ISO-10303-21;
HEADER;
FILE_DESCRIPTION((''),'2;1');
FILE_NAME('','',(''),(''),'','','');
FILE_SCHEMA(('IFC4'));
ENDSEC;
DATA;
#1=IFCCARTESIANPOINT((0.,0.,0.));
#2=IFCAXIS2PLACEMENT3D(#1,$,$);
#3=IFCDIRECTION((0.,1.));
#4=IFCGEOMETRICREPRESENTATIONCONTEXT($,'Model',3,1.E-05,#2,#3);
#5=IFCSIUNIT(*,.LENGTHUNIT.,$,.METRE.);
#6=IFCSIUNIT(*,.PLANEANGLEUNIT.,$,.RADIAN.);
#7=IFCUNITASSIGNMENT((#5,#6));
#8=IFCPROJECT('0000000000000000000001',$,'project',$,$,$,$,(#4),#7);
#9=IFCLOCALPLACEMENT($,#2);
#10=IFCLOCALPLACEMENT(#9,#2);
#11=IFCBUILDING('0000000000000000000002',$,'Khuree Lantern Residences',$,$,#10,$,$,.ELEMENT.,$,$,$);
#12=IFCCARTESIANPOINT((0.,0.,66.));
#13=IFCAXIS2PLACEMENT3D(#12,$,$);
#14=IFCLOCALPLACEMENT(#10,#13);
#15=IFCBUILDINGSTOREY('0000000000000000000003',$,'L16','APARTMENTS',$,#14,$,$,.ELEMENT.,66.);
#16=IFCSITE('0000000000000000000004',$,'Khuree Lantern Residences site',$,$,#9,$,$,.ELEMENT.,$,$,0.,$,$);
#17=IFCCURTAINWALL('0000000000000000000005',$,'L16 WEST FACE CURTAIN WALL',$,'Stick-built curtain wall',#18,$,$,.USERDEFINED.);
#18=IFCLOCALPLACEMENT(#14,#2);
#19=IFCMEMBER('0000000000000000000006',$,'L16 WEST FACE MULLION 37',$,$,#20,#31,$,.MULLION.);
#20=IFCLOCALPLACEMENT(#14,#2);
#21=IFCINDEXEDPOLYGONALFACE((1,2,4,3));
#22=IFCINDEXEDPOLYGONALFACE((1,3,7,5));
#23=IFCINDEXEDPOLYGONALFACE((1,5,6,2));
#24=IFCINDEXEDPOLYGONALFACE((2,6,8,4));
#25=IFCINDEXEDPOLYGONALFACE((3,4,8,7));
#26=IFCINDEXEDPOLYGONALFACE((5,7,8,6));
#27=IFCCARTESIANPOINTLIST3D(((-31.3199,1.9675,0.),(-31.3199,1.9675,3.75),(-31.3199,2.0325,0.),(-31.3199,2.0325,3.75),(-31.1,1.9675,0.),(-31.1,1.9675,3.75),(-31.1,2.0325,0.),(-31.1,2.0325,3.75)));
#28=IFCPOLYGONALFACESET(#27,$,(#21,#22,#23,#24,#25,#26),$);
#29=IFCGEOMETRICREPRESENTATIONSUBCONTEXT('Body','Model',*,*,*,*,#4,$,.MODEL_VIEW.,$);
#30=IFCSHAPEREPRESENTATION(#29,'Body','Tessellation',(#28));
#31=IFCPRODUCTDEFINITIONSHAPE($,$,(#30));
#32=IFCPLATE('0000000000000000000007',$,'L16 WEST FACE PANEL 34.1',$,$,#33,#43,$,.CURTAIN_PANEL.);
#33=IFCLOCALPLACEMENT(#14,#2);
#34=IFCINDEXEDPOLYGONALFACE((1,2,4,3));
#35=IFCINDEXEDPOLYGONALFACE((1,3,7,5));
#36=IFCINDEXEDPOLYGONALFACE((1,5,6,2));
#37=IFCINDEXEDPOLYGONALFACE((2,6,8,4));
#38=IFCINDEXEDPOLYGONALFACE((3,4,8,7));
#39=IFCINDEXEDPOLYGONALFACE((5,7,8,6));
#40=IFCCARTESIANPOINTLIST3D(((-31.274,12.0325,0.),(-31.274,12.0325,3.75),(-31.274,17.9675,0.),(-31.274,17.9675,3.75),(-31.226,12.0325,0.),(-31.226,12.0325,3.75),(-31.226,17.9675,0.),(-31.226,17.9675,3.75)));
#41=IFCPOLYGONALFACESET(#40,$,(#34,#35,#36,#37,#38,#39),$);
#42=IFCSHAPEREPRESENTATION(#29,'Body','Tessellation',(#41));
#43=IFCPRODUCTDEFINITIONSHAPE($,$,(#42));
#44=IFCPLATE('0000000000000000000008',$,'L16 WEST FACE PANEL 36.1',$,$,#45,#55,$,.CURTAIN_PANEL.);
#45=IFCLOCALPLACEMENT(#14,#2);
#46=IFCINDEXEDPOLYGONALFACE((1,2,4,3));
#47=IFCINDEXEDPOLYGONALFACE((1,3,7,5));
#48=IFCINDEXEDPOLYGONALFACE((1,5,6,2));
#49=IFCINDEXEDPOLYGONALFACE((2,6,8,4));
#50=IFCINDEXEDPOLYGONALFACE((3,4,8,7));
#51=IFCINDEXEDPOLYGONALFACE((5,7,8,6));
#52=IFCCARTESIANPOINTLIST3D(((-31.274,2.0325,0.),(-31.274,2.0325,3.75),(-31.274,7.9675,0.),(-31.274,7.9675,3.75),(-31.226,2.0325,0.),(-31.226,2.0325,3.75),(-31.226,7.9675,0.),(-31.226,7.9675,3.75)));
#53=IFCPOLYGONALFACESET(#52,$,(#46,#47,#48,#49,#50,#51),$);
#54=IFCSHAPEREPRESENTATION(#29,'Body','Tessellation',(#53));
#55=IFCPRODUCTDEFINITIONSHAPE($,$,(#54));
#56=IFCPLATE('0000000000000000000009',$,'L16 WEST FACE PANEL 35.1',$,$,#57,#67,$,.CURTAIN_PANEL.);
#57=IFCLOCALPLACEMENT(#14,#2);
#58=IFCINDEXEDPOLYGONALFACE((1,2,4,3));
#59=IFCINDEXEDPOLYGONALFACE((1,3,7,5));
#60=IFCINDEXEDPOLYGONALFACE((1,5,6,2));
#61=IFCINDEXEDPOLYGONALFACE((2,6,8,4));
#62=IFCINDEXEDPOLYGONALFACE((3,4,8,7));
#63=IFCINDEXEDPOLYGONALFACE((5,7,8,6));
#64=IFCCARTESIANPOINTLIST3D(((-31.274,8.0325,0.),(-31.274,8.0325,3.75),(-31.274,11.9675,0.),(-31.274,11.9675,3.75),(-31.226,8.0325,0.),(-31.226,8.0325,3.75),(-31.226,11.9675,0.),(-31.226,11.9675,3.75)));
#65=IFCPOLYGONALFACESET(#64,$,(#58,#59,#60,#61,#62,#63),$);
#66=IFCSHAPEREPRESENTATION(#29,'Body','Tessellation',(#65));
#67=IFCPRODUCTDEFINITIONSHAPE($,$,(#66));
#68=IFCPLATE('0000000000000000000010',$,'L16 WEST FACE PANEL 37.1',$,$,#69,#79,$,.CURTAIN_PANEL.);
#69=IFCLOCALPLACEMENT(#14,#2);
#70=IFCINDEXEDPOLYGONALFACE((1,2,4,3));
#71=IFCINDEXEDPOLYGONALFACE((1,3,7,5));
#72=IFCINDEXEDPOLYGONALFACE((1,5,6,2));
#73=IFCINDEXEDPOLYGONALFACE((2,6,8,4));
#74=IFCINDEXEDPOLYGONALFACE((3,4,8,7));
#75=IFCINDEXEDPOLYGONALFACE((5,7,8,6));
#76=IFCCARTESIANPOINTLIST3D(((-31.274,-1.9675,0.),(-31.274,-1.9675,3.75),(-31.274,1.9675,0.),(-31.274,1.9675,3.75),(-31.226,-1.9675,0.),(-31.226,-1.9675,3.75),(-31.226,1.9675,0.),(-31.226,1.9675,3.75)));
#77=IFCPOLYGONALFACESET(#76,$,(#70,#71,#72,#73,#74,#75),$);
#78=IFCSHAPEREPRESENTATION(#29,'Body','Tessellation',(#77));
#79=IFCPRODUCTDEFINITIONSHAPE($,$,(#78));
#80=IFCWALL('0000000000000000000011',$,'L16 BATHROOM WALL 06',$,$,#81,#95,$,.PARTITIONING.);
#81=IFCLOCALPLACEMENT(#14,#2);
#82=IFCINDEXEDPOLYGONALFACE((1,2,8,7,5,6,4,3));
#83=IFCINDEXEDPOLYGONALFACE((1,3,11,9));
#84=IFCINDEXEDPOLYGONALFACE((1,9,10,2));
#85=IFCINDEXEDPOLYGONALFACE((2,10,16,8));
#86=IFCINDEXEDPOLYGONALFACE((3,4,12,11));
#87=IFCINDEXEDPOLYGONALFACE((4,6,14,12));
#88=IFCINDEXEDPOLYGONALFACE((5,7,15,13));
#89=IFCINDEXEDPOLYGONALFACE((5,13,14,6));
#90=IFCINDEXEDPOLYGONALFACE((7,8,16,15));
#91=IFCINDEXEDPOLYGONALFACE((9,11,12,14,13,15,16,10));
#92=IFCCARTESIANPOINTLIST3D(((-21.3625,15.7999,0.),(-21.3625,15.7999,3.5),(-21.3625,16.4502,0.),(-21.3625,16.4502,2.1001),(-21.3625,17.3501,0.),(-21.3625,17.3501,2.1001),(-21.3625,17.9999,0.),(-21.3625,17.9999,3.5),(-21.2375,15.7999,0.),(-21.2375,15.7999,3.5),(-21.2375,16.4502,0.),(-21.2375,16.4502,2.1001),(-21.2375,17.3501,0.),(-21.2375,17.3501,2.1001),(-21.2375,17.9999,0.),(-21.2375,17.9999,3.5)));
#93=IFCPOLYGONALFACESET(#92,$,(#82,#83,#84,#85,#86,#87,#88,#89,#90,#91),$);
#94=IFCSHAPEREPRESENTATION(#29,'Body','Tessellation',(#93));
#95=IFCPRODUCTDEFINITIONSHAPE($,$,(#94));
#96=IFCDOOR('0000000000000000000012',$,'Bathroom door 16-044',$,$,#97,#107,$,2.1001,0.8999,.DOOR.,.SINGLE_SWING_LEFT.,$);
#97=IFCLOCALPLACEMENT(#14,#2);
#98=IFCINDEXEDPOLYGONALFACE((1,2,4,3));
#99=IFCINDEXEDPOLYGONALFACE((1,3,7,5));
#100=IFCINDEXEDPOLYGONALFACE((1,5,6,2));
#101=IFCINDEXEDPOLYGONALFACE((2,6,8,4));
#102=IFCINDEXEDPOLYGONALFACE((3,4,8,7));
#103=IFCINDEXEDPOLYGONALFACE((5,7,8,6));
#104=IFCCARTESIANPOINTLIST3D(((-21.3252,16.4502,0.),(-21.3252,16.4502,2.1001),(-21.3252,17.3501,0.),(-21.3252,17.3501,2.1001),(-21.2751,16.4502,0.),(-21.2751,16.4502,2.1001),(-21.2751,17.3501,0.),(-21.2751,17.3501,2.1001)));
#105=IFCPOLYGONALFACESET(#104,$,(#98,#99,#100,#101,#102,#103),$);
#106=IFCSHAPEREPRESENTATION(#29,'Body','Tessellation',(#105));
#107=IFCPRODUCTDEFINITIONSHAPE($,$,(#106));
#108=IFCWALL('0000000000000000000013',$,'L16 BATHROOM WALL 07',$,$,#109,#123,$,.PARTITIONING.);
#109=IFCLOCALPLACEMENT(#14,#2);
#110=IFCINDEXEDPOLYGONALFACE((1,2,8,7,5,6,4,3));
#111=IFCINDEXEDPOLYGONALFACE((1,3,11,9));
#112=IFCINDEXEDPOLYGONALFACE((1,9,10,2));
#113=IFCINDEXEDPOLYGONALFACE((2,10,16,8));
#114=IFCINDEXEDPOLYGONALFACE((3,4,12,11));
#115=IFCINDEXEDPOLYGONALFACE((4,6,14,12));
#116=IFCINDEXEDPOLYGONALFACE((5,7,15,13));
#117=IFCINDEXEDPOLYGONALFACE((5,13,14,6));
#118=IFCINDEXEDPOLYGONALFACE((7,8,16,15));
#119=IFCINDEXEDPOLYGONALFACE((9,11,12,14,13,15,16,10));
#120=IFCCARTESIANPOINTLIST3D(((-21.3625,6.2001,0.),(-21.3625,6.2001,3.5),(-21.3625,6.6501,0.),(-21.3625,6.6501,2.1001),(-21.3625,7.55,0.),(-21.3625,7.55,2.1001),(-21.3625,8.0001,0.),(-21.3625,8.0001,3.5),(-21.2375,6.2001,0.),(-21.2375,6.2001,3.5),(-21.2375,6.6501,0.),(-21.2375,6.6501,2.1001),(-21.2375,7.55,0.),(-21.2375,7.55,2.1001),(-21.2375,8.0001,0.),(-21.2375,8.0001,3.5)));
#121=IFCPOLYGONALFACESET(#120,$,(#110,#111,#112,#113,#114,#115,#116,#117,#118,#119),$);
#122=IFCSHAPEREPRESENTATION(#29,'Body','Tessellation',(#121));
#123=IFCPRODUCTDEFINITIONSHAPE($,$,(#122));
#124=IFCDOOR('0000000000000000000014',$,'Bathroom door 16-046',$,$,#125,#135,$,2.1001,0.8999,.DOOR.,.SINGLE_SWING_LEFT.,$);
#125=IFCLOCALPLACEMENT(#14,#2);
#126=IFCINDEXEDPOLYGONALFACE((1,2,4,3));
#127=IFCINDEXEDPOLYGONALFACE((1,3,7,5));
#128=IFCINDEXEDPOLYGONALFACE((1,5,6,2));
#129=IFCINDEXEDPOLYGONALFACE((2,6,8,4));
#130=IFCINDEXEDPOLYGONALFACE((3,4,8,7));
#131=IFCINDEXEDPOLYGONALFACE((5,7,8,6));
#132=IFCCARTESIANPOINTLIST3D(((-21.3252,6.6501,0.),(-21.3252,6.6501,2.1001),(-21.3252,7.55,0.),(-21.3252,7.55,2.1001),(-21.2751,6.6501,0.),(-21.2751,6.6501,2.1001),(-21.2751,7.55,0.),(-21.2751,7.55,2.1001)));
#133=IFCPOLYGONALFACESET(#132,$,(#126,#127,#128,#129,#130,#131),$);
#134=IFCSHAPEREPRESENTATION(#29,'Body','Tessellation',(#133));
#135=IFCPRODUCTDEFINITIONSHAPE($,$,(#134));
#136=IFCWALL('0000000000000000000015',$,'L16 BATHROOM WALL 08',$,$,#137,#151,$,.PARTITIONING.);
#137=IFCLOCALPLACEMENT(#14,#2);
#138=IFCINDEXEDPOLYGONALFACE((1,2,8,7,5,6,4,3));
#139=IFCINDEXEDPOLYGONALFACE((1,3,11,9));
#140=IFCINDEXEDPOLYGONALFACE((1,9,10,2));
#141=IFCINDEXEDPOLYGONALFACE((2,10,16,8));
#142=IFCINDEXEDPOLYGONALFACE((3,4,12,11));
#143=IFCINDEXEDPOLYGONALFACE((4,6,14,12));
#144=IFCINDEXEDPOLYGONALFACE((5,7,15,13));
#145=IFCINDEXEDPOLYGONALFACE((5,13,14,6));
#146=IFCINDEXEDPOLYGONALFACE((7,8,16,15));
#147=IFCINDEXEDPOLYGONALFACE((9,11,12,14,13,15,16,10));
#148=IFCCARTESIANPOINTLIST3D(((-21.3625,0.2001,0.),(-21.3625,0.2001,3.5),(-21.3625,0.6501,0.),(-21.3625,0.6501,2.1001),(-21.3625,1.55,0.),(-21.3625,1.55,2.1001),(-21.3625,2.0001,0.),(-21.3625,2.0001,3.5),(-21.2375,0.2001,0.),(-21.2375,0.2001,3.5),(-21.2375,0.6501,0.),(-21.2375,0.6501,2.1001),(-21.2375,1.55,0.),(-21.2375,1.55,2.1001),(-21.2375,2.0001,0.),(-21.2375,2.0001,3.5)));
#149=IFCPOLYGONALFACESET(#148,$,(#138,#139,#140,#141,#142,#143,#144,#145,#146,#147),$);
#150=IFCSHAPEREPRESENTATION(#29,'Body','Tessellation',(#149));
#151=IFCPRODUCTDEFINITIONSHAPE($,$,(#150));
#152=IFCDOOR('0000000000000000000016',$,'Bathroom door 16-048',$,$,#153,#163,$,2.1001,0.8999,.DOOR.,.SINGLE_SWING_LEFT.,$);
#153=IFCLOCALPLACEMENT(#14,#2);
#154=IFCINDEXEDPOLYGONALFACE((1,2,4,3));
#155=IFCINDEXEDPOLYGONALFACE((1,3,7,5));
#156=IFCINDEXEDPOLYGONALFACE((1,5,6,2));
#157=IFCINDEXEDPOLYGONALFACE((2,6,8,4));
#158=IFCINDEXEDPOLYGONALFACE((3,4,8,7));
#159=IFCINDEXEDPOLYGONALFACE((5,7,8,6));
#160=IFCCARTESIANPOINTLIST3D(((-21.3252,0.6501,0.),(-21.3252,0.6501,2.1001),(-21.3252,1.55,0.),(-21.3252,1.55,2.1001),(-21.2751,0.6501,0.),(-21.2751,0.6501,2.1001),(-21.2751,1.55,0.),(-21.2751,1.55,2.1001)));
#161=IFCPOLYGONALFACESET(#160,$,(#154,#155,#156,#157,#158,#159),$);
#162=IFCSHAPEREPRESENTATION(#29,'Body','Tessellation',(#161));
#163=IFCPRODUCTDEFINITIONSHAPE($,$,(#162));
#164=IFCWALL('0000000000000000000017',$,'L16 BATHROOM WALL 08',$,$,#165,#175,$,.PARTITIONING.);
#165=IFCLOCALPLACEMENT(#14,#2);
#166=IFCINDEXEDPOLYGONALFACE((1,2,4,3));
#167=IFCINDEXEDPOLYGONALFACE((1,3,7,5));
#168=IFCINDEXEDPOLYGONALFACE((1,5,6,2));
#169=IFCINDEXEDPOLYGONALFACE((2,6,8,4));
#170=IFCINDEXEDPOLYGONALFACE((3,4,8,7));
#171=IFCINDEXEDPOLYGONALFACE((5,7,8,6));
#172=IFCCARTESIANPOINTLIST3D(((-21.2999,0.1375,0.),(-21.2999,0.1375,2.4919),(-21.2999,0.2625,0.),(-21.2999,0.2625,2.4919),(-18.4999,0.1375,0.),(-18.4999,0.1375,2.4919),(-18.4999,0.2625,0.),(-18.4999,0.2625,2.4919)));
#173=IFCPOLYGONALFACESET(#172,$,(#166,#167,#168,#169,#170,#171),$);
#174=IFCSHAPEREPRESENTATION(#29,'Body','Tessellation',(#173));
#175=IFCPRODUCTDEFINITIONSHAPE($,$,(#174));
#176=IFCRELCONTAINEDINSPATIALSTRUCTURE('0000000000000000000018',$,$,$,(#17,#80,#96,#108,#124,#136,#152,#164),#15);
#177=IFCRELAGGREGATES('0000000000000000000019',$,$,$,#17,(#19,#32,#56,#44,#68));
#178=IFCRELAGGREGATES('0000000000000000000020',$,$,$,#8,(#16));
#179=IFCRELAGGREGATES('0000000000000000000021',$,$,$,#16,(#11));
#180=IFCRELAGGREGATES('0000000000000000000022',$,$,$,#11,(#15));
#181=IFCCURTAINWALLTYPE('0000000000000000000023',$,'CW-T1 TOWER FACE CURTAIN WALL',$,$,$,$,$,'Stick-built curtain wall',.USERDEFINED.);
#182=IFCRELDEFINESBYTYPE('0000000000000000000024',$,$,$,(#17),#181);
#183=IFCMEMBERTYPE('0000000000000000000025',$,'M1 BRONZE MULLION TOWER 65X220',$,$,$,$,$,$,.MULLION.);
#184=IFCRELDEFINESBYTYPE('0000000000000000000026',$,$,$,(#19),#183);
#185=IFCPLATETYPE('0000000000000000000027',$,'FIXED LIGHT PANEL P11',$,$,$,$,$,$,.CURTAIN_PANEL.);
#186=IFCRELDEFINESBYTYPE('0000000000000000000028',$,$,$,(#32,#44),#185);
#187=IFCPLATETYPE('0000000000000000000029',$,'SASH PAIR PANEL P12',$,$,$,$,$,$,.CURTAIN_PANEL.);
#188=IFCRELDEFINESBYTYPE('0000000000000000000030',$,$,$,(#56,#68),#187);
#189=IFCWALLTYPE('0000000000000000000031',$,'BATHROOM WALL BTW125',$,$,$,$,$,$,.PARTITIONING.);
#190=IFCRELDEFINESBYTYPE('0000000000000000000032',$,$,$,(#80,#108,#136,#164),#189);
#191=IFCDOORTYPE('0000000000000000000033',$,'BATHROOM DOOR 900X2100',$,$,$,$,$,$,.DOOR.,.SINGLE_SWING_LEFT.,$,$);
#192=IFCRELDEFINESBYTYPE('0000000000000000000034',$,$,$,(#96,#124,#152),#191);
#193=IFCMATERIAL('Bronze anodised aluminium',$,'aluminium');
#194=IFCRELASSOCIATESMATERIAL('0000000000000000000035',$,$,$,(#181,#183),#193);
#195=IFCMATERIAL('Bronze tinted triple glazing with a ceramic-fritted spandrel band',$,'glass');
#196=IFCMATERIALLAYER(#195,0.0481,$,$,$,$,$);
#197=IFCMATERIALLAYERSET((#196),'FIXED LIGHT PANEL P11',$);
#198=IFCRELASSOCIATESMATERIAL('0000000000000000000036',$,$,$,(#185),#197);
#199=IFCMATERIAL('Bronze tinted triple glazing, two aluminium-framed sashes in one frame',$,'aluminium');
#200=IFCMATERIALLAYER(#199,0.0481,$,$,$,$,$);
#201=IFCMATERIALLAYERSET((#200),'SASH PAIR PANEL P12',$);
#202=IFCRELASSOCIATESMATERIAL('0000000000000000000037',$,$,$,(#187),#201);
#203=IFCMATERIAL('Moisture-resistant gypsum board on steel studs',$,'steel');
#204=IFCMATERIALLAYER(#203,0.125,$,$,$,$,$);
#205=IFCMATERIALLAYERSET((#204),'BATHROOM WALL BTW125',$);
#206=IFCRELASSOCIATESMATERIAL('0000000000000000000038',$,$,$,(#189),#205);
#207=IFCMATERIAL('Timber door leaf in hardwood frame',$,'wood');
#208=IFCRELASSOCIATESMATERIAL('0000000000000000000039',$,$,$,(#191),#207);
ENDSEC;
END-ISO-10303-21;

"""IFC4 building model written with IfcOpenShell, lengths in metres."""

from ifc_helpers import new_model, si_unit, direction, frame, frame_2d, origin, origin_2d, place, context, subcontext, project, spatial, rectangle, extrude, material, layer, layer_set, material_profile, profile_set, type_object, element, fill, aggregate, save


model = new_model("IFC4")

# Units and contexts
model_context = context("Model", 3, precision=1e-05, world=origin(), true_north=direction((0.0, 1.0)))
body_context = subcontext(model_context, "Body", "Model", "MODEL_VIEW")
ifc_project = project(units=[si_unit("LENGTHUNIT", "METRE"), si_unit("PLANEANGLEUNIT", "RADIAN")], contexts=[model_context])

# Site, building, storey
site_placement = place(None, origin())
site = spatial("IfcSite", under=ifc_project, at=site_placement, Name="Khuree Lantern Residences site", CompositionType="ELEMENT", RefElevation=0.0)
building_placement = place(site_placement, origin())
building = spatial("IfcBuilding", under=site, at=building_placement, Name="Khuree Lantern Residences", CompositionType="ELEMENT")
storey_placement = place(building_placement, frame((0.0, 0.0, 66.0)))
storey = spatial("IfcBuildingStorey", under=building, at=storey_placement, Name="L16", Description="APARTMENTS", CompositionType="ELEMENT", Elevation=66.0)

# Curtain wall
ifc_material_1 = material(Name="Bronze anodised aluminium", Category="aluminium")
curtain_wall_type = type_object("IfcCurtainWallType", Name="CW-T1 TOWER FACE CURTAIN WALL", ElementType="Stick-built curtain wall", PredefinedType="USERDEFINED", material=ifc_material_1)
curtain_wall_placement = place(storey_placement, origin())
curtain_wall = element("IfcCurtainWall", 1, at=curtain_wall_placement, inside=storey, type_object=curtain_wall_type, Name="L16 WEST FACE CURTAIN WALL", ObjectType="Stick-built curtain wall", PredefinedType="USERDEFINED")

# Member
ifc_material_profile_1 = material_profile(ifc_material_1, rectangle(XDim=0.0649, YDim=0.22, at=origin_2d()), Name="M1 65X220")
ifc_profile_set_1 = profile_set([ifc_material_profile_1], Name="Bronze anodised aluminium")
member_type_1 = type_object("IfcMemberType", Name="M1 BRONZE MULLION TOWER 65X220", PredefinedType="MULLION", material=ifc_profile_set_1)
member_1_placement = place(storey_placement, frame((-31.21, 2.0, 0.0), z_axis=(0.0, 0.0, 1.0), x_axis=(0.0, -1.0, 0.0)))
member_1 = element("IfcMember", 2, at=member_1_placement, type_object=member_type_1, Name="L16 WEST FACE MULLION 37", PredefinedType="MULLION", context=body_context, shape_type="SweptSolid", body=[
    extrude(rectangle(XDim=0.0649, YDim=0.22, at=origin_2d()), origin(), (0.0, 0.0, 1.0), 3.75),
])

# Plates
ifc_material_2 = material(Name="Bronze tinted triple glazing with a ceramic-fritted spandrel band", Category="glass")
ifc_layer_1 = layer(ifc_material_2, 0.0481)
ifc_layer_set_1 = layer_set([ifc_layer_1], Name="FIXED LIGHT PANEL P11")
plate_type_1 = type_object("IfcPlateType", Name="FIXED LIGHT PANEL P11", PredefinedType="CURTAIN_PANEL", material=ifc_layer_set_1)
plate_1_placement = place(storey_placement, frame((-31.25, 15.0, 0.0), z_axis=(0.0, 0.0, 1.0), x_axis=(0.0, -1.0, 0.0)))
plate_1 = element("IfcPlate", 3, at=plate_1_placement, type_object=plate_type_1, Name="L16 WEST FACE PANEL 34.1", PredefinedType="CURTAIN_PANEL", context=body_context, shape_type="SweptSolid", body=[
    extrude(rectangle(XDim=5.9351, YDim=0.0481, at=origin_2d()), origin(), (0.0, 0.0, 1.0), 3.75),
])
plate_2_placement = place(storey_placement, frame((-31.25, 5.0, 0.0), z_axis=(0.0, 0.0, 1.0), x_axis=(0.0, -1.0, 0.0)))
plate_2 = element("IfcPlate", 4, at=plate_2_placement, type_object=plate_type_1, Name="L16 WEST FACE PANEL 36.1", PredefinedType="CURTAIN_PANEL", context=body_context, shape_type="SweptSolid", body=[
    extrude(rectangle(XDim=5.9351, YDim=0.0481, at=origin_2d()), origin(), (0.0, 0.0, 1.0), 3.75),
])
ifc_material_3 = material(Name="Bronze tinted triple glazing, two aluminium-framed sashes in one frame", Category="aluminium")
ifc_layer_2 = layer(ifc_material_3, 0.0481)
ifc_layer_set_2 = layer_set([ifc_layer_2], Name="SASH PAIR PANEL P12")
plate_type_2 = type_object("IfcPlateType", Name="SASH PAIR PANEL P12", PredefinedType="CURTAIN_PANEL", material=ifc_layer_set_2)
plate_3_placement = place(storey_placement, frame((-31.25, 10.0, 0.0), z_axis=(0.0, 0.0, 1.0), x_axis=(0.0, -1.0, 0.0)))
plate_3 = element("IfcPlate", 5, at=plate_3_placement, type_object=plate_type_2, Name="L16 WEST FACE PANEL 35.1", PredefinedType="CURTAIN_PANEL", context=body_context, shape_type="SweptSolid", body=[
    extrude(rectangle(XDim=3.9351, YDim=0.0481, at=origin_2d()), origin(), (0.0, 0.0, 1.0), 3.75),
])
plate_4_placement = place(storey_placement, frame((-31.25, 0.0, 0.0), z_axis=(0.0, 0.0, 1.0), x_axis=(0.0, -1.0, 0.0)))
plate_4 = element("IfcPlate", 6, at=plate_4_placement, type_object=plate_type_2, Name="L16 WEST FACE PANEL 37.1", PredefinedType="CURTAIN_PANEL", context=body_context, shape_type="SweptSolid", body=[
    extrude(rectangle(XDim=3.9351, YDim=0.0481, at=origin_2d()), origin(), (0.0, 0.0, 1.0), 3.75),
])
aggregate(curtain_wall, [member_1, plate_1, plate_3, plate_2, plate_4])

# Walls, openings, doors
ifc_material_4 = material(Name="Moisture-resistant gypsum board on steel studs", Category="steel")
ifc_layer_3 = layer(ifc_material_4, 0.125)
ifc_layer_set_3 = layer_set([ifc_layer_3], Name="BATHROOM WALL BTW125")
wall_type_1 = type_object("IfcWallType", Name="BATHROOM WALL BTW125", PredefinedType="PARTITIONING", material=ifc_layer_set_3)
wall_1_placement = place(storey_placement, frame((-21.3, 18.0, 0.0), z_axis=(0.0, 0.0, 1.0), x_axis=(0.0, -1.0, 0.0)))
wall_1 = element("IfcWall", 7, at=wall_1_placement, inside=storey, type_object=wall_type_1, Name="L16 BATHROOM WALL 06", PredefinedType="PARTITIONING", context=body_context, shape_type="SweptSolid", body=[
    extrude(rectangle(XDim=2.2, YDim=0.125, at=frame_2d((1.1001, 0.0))), origin(), (0.0, 0.0, 1.0), 3.5),
])
opening_1_placement = place(wall_1_placement, frame((0.6499, 0.0, 0.0)))
opening_1 = element("IfcOpeningElement", 8, at=opening_1_placement, cuts=wall_1, PredefinedType="OPENING", context=body_context, shape_type="SweptSolid", body=[
    extrude(rectangle(XDim=0.8999, YDim=2.1001, at=frame_2d((0.45, 1.05))), frame((0.0, 0.0725, 0.0), z_axis=(0.0, -1.0, 0.0), x_axis=(1.0, 0.0, 0.0)), (0.0, 0.0, 1.0), 0.145),
])
ifc_material_5 = material(Name="Timber door leaf in hardwood frame", Category="wood")
door_type_1 = type_object("IfcDoorType", Name="BATHROOM DOOR 900X2100", OperationType="SINGLE_SWING_LEFT", PredefinedType="DOOR", material=ifc_material_5)
door_1_placement = place(opening_1_placement, origin())
door_1 = element("IfcDoor", 9, at=door_1_placement, inside=storey, type_object=door_type_1, Name="Bathroom door 16-044", OperationType="SINGLE_SWING_LEFT", OverallHeight=2.1001, OverallWidth=0.8999, PredefinedType="DOOR", context=body_context, shape_type="SweptSolid", body=[
    extrude(rectangle(XDim=0.8999, YDim=2.1001, at=frame_2d((0.45, 1.05))), frame((0.0, 0.0249, 0.0), z_axis=(0.0, -1.0, 0.0), x_axis=(1.0, 0.0, 0.0)), (0.0, 0.0, 1.0), 0.05),
])
fill(opening_1, door_1)
wall_2_placement = place(storey_placement, frame((-21.3, 8.0, 0.0), z_axis=(0.0, 0.0, 1.0), x_axis=(0.0, -1.0, 0.0)))
wall_2 = element("IfcWall", 10, at=wall_2_placement, inside=storey, type_object=wall_type_1, Name="L16 BATHROOM WALL 07", PredefinedType="PARTITIONING", context=body_context, shape_type="SweptSolid", body=[
    extrude(rectangle(XDim=1.8, YDim=0.125, at=frame_2d((0.8999, 0.0))), origin(), (0.0, 0.0, 1.0), 3.5),
])
opening_2_placement = place(wall_2_placement, frame((0.45, 0.0, 0.0)))
opening_2 = element("IfcOpeningElement", 11, at=opening_2_placement, cuts=wall_2, PredefinedType="OPENING", context=body_context, shape_type="SweptSolid", body=[
    extrude(rectangle(XDim=0.8999, YDim=2.1001, at=frame_2d((0.45, 1.05))), frame((0.0, 0.0725, 0.0), z_axis=(0.0, -1.0, 0.0), x_axis=(1.0, 0.0, 0.0)), (0.0, 0.0, 1.0), 0.145),
])
door_2_placement = place(opening_2_placement, origin())
door_2 = element("IfcDoor", 12, at=door_2_placement, inside=storey, type_object=door_type_1, Name="Bathroom door 16-046", OperationType="SINGLE_SWING_LEFT", OverallHeight=2.1001, OverallWidth=0.8999, PredefinedType="DOOR", context=body_context, shape_type="SweptSolid", body=[
    extrude(rectangle(XDim=0.8999, YDim=2.1001, at=frame_2d((0.45, 1.05))), frame((0.0, 0.0249, 0.0), z_axis=(0.0, -1.0, 0.0), x_axis=(1.0, 0.0, 0.0)), (0.0, 0.0, 1.0), 0.05),
])
fill(opening_2, door_2)
wall_3_placement = place(storey_placement, frame((-21.3, 2.0, 0.0), z_axis=(0.0, 0.0, 1.0), x_axis=(0.0, -1.0, 0.0)))
wall_3 = element("IfcWall", 13, at=wall_3_placement, inside=storey, type_object=wall_type_1, Name="L16 BATHROOM WALL 08", PredefinedType="PARTITIONING", context=body_context, shape_type="SweptSolid", body=[
    extrude(rectangle(XDim=1.8, YDim=0.125, at=frame_2d((0.8999, 0.0))), origin(), (0.0, 0.0, 1.0), 3.5),
])
opening_3_placement = place(wall_3_placement, frame((0.45, 0.0, 0.0)))
opening_3 = element("IfcOpeningElement", 14, at=opening_3_placement, cuts=wall_3, PredefinedType="OPENING", context=body_context, shape_type="SweptSolid", body=[
    extrude(rectangle(XDim=0.8999, YDim=2.1001, at=frame_2d((0.45, 1.05))), frame((0.0, 0.0725, 0.0), z_axis=(0.0, -1.0, 0.0), x_axis=(1.0, 0.0, 0.0)), (0.0, 0.0, 1.0), 0.145),
])
door_3_placement = place(opening_3_placement, origin())
door_3 = element("IfcDoor", 15, at=door_3_placement, inside=storey, type_object=door_type_1, Name="Bathroom door 16-048", OperationType="SINGLE_SWING_LEFT", OverallHeight=2.1001, OverallWidth=0.8999, PredefinedType="DOOR", context=body_context, shape_type="SweptSolid", body=[
    extrude(rectangle(XDim=0.8999, YDim=2.1001, at=frame_2d((0.45, 1.05))), frame((0.0, 0.0249, 0.0), z_axis=(0.0, -1.0, 0.0), x_axis=(1.0, 0.0, 0.0)), (0.0, 0.0, 1.0), 0.05),
])
fill(opening_3, door_3)

# Wall
wall_4_placement = place(storey_placement, frame((-18.5, 0.2, 0.0), z_axis=(0.0, 0.0, 1.0), x_axis=(-1.0, 0.0, 0.0)))
element("IfcWall", 16, at=wall_4_placement, inside=storey, type_object=wall_type_1, Name="L16 BATHROOM WALL 08", PredefinedType="PARTITIONING", context=body_context, shape_type="SweptSolid", body=[
    extrude(rectangle(XDim=2.8, YDim=0.125, at=frame_2d((1.3999, 0.0))), origin(), (0.0, 0.0, 1.0), 2.4919),
])

save(model, "model.ifc")
